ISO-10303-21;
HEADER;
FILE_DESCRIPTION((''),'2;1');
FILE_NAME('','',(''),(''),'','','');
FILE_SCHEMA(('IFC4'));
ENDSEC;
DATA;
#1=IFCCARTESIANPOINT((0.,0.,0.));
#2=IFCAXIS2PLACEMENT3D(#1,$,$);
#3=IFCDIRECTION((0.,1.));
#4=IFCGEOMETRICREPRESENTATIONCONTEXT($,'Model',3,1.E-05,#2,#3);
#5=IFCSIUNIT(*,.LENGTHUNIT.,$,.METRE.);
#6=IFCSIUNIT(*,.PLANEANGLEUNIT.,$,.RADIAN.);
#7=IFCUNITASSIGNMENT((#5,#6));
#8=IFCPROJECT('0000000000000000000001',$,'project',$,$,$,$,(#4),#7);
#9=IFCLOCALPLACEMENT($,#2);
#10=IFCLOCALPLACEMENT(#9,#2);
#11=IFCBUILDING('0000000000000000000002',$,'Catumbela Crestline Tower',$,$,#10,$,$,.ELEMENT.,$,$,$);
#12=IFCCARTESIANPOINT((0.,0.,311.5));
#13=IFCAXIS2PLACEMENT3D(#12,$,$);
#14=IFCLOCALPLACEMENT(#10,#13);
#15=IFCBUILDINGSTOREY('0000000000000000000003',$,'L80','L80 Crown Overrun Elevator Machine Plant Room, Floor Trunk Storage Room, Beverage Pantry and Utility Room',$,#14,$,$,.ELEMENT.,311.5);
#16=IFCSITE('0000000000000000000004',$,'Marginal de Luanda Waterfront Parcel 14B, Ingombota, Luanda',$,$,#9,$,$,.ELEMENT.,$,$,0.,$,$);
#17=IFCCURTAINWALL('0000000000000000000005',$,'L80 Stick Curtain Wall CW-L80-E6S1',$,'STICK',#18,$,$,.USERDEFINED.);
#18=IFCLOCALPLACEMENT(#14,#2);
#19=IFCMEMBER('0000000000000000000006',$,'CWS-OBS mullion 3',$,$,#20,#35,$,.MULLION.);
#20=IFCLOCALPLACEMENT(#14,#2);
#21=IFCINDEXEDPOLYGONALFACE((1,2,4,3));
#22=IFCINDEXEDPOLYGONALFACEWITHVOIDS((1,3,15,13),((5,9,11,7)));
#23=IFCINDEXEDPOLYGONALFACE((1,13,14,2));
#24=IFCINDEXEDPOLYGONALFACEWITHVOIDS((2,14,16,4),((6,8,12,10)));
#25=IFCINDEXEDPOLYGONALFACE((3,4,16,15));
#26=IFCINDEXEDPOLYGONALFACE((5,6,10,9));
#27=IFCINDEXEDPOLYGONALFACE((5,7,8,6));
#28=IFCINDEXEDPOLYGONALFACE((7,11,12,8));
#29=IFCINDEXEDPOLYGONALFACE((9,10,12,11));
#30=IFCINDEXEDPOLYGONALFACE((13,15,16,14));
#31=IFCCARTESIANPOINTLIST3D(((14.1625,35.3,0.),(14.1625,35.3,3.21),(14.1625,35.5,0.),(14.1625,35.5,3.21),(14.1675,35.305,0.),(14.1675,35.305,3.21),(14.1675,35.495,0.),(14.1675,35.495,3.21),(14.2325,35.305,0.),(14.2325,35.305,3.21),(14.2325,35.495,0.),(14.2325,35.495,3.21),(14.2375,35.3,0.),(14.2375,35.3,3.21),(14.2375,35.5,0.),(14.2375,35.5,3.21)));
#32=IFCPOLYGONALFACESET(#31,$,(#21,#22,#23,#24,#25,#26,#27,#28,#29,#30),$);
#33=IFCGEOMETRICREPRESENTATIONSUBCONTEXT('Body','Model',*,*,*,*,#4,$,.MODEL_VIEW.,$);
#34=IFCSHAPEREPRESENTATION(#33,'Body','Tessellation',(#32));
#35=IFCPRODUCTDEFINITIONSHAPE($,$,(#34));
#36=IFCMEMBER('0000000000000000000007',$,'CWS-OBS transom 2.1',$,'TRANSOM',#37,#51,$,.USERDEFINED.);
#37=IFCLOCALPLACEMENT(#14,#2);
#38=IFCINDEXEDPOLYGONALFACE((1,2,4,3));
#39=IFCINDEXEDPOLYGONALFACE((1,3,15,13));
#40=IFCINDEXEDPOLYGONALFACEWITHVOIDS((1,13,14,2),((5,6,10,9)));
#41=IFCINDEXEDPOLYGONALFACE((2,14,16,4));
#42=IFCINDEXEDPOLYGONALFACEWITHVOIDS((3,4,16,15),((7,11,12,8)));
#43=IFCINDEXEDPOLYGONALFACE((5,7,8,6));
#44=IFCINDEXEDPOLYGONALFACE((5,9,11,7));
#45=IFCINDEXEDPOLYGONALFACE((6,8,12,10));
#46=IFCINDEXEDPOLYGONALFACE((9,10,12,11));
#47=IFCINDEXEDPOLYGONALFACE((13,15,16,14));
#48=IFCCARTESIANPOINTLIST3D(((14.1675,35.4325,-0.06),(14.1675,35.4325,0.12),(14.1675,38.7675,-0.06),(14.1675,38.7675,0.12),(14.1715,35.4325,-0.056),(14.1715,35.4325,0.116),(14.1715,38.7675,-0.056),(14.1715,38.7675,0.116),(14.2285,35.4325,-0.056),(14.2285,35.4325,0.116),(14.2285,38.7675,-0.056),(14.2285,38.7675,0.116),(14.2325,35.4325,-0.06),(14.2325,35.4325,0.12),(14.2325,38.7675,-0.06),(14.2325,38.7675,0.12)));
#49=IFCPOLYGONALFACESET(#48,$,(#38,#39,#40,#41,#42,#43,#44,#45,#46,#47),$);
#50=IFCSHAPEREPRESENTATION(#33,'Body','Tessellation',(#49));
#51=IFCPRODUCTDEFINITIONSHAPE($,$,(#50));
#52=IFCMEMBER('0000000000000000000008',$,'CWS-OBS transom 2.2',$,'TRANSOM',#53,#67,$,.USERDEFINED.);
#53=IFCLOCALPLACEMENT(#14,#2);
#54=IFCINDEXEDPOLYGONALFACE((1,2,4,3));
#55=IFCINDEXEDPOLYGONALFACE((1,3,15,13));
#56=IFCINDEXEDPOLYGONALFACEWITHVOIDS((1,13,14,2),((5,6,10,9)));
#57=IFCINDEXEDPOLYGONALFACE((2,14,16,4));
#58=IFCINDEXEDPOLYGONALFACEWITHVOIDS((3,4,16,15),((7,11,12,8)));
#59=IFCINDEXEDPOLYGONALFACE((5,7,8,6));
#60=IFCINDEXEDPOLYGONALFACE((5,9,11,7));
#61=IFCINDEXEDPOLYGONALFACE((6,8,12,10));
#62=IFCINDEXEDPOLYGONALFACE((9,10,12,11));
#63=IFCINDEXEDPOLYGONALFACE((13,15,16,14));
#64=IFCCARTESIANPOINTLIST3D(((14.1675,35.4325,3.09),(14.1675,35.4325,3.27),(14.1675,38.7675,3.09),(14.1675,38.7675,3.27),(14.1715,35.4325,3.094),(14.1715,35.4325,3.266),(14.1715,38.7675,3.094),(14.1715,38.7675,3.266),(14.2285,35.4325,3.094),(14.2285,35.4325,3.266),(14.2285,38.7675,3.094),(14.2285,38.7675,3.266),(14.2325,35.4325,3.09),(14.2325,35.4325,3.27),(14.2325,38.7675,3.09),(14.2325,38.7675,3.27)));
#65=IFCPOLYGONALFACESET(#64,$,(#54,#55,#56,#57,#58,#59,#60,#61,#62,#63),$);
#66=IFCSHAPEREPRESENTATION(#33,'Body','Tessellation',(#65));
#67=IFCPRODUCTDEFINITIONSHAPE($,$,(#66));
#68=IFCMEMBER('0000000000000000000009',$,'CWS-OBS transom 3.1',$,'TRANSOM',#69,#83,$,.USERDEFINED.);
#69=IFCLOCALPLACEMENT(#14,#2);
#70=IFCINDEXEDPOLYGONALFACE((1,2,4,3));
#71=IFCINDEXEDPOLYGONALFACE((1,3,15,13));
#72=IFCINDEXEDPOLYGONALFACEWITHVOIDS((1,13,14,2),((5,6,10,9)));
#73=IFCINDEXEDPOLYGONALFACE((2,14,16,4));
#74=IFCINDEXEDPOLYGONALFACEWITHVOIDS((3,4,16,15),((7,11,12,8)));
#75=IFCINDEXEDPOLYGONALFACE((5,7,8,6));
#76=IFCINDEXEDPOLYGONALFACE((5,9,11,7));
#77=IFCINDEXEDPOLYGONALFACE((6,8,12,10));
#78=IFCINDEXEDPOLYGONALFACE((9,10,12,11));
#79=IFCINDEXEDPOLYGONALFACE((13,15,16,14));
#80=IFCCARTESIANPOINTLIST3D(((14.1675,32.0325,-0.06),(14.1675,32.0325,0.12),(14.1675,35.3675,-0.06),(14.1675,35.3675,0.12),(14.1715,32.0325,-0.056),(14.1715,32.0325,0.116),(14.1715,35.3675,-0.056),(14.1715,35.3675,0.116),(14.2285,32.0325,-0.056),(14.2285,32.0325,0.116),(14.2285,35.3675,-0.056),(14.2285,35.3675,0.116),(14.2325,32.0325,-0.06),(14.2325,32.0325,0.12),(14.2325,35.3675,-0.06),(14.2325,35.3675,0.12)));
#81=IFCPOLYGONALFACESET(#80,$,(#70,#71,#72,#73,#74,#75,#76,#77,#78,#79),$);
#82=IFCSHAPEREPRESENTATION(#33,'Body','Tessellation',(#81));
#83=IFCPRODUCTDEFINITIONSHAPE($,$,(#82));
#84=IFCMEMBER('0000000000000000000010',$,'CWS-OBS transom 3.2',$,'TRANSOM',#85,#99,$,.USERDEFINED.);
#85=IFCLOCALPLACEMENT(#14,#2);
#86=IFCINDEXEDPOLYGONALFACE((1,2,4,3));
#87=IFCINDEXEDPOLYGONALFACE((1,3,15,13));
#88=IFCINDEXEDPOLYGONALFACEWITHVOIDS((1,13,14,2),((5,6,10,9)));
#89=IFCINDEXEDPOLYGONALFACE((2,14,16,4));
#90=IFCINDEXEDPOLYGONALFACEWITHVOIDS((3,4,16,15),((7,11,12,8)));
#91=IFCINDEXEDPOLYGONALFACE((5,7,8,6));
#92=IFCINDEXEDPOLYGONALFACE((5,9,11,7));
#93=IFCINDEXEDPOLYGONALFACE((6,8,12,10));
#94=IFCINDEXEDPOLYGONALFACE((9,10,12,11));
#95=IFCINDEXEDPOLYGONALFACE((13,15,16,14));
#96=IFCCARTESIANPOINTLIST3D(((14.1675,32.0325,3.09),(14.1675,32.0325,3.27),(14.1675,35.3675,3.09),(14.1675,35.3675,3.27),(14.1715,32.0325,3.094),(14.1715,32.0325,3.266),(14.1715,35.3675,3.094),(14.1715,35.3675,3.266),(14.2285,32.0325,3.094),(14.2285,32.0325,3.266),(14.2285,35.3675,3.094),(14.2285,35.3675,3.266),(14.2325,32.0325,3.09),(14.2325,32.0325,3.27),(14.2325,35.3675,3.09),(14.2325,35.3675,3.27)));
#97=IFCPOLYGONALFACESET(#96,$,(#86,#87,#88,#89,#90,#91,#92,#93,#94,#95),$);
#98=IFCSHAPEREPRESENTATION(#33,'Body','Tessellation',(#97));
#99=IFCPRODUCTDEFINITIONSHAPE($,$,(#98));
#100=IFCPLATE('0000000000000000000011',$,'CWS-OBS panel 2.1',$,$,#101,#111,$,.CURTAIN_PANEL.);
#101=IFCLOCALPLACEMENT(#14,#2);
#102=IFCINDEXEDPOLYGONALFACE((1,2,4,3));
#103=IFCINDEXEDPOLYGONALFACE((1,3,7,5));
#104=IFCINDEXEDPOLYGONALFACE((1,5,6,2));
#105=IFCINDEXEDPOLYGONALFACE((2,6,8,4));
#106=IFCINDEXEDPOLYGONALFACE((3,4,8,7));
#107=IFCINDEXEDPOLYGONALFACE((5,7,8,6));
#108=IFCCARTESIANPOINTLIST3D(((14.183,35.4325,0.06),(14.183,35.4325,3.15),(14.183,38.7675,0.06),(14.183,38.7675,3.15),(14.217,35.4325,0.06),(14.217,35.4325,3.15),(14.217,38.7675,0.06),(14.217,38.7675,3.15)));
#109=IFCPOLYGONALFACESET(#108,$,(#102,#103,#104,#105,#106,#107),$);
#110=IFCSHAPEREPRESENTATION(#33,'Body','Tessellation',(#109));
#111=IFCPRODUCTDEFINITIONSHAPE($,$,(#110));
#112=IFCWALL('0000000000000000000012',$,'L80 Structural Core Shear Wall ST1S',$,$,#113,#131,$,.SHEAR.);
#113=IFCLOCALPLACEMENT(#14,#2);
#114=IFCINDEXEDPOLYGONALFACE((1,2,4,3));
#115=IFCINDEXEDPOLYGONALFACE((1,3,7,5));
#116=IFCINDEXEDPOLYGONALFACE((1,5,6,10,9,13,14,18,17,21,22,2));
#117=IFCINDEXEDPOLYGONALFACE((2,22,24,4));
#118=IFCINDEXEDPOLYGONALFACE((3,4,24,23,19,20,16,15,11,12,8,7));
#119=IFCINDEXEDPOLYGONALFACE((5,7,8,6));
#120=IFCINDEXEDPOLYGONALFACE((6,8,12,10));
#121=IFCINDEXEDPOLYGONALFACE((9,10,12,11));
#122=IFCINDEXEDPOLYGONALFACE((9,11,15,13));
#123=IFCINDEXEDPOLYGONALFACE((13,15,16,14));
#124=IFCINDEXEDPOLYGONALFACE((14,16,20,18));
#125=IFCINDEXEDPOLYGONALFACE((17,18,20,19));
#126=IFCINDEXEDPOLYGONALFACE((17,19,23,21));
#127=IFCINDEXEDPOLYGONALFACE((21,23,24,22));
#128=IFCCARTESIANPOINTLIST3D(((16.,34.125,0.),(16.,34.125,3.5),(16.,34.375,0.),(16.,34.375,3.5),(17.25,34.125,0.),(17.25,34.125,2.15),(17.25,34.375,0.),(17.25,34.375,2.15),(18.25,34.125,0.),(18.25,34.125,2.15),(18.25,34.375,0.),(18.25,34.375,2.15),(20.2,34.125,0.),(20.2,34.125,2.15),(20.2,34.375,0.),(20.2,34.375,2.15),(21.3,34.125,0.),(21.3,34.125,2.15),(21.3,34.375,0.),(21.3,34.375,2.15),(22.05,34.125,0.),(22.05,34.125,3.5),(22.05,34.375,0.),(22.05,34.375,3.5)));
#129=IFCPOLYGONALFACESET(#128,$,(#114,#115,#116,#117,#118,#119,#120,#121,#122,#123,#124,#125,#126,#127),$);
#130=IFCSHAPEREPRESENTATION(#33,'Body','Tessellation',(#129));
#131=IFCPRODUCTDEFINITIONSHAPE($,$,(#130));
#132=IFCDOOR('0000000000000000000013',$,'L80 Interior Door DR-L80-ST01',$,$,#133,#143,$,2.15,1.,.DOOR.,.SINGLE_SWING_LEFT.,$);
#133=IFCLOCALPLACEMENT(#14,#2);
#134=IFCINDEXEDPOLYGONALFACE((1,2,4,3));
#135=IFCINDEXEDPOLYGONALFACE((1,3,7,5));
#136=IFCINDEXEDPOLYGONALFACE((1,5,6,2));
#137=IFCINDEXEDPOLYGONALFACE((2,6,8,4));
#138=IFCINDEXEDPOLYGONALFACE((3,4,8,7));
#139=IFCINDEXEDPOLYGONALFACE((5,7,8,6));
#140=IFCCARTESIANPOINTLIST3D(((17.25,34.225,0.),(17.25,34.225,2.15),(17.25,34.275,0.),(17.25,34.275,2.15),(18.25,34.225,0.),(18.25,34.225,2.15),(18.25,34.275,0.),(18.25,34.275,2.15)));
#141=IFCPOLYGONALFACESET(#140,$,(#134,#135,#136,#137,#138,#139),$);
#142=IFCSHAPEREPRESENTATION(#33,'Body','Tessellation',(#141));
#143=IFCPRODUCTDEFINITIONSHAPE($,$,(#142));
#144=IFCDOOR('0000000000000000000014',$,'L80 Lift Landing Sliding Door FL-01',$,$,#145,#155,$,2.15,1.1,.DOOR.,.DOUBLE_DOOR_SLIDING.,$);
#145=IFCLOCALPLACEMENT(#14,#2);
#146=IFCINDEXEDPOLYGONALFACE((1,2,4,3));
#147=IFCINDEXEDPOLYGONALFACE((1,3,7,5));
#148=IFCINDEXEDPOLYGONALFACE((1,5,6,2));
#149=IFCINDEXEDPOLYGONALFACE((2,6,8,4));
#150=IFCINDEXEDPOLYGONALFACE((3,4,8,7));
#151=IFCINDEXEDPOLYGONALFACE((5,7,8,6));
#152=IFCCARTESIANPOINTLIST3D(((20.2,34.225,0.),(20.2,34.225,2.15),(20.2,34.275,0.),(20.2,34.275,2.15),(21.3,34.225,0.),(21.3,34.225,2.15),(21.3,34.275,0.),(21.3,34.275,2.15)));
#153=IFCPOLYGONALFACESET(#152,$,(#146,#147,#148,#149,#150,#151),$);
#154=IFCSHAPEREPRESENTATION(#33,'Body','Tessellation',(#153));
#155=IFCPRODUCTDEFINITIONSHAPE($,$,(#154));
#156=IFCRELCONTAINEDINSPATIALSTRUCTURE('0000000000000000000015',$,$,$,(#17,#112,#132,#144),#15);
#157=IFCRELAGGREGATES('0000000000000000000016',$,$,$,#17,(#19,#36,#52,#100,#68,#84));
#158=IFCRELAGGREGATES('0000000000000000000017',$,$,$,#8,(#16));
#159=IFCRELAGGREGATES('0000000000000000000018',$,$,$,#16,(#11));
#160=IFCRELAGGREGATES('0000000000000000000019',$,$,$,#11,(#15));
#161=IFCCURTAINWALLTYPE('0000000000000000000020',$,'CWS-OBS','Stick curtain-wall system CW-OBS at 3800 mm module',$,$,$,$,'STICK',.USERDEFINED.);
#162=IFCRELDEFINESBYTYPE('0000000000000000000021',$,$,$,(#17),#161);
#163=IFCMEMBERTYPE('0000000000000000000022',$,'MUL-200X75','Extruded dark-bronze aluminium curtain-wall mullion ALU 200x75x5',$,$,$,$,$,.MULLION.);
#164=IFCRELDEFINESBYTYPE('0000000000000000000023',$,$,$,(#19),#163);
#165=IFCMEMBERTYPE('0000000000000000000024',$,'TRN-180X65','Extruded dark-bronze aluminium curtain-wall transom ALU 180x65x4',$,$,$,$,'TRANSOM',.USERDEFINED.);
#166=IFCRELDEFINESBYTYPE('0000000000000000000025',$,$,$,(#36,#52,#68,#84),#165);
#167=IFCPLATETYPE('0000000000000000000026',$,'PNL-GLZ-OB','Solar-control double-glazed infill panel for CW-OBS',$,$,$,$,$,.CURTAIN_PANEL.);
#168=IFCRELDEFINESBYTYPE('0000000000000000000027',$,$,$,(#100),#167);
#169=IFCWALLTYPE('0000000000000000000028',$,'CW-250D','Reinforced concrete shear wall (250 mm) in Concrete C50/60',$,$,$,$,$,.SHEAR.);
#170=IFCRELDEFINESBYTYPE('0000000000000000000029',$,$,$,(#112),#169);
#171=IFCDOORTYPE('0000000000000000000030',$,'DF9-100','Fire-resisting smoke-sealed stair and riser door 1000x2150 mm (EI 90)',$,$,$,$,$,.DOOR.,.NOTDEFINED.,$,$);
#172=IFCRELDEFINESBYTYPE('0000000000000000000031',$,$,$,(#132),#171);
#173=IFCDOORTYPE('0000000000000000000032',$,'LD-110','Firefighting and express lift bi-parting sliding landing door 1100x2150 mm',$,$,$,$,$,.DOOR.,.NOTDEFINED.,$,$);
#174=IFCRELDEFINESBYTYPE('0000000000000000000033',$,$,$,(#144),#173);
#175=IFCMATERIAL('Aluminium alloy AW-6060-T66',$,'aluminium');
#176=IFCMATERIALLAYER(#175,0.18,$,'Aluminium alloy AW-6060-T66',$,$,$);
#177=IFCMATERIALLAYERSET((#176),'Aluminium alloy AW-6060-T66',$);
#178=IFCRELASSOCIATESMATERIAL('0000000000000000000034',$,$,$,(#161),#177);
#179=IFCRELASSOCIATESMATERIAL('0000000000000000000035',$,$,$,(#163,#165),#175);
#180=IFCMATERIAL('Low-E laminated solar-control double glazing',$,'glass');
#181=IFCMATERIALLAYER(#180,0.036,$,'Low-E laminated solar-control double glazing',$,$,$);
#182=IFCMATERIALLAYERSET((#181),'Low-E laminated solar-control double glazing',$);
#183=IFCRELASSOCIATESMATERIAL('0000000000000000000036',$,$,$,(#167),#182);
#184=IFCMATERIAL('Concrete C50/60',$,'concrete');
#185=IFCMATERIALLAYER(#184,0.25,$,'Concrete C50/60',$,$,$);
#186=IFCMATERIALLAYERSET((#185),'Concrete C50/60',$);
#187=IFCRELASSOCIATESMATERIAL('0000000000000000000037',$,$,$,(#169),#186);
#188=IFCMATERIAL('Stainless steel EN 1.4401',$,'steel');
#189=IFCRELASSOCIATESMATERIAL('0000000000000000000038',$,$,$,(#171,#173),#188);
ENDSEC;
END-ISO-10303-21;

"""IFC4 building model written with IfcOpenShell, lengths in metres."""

from ifc_helpers import new_model, si_unit, direction, frame, frame_2d, origin, origin_2d, place, context, subcontext, project, spatial, rectangle, hollow_rectangle, extrude, material, layer, layer_set, material_profile, profile_set, type_object, element, fill, aggregate, save


model = new_model("IFC4")

# Units and contexts
model_context = context("Model", 3, precision=1e-05, world=origin(), true_north=direction((0.0, 1.0)))
body_context = subcontext(model_context, "Body", "Model", "MODEL_VIEW")
ifc_project = project(units=[si_unit("LENGTHUNIT", "METRE"), si_unit("PLANEANGLEUNIT", "RADIAN")], contexts=[model_context])

# Site, building, storey
site_placement = place(None, origin())
site = spatial("IfcSite", under=ifc_project, at=site_placement, Name="Marginal de Luanda Waterfront Parcel 14B, Ingombota, Luanda", CompositionType="ELEMENT", RefElevation=0.0)
building_placement = place(site_placement, origin())
building = spatial("IfcBuilding", under=site, at=building_placement, Name="Catumbela Crestline Tower", CompositionType="ELEMENT")
storey_placement = place(building_placement, frame((0.0, 0.0, 311.5)))
storey = spatial("IfcBuildingStorey", under=building, at=storey_placement, Name="L80", Description="L80 Crown Overrun Elevator Machine Plant Room, Floor Trunk Storage Room, Beverage Pantry and Utility Room", CompositionType="ELEMENT", Elevation=311.5)

# Curtain wall, members, plate
ifc_material_1 = material(Name="Aluminium alloy AW-6060-T66", Category="aluminium")
ifc_layer_1 = layer(ifc_material_1, 0.18, Name="Aluminium alloy AW-6060-T66")
ifc_layer_set_1 = layer_set([ifc_layer_1], Name="Aluminium alloy AW-6060-T66")
curtain_wall_type = type_object("IfcCurtainWallType", Name="CWS-OBS", Description="Stick curtain-wall system CW-OBS at 3800 mm module", ElementType="STICK", PredefinedType="USERDEFINED", material=ifc_layer_set_1)
curtain_wall_placement = place(storey_placement, origin())
curtain_wall = element("IfcCurtainWall", 1, at=curtain_wall_placement, inside=storey, type_object=curtain_wall_type, Name="L80 Stick Curtain Wall CW-L80-E6S1", ObjectType="STICK", PredefinedType="USERDEFINED")
ifc_material_profile_1 = material_profile(ifc_material_1, hollow_rectangle(XDim=0.075, YDim=0.2, WallThickness=0.005, at=origin_2d()), Name="ALU 200x75x5")
ifc_profile_set_1 = profile_set([ifc_material_profile_1], Name="Aluminium alloy AW-6060-T66")
member_type_1 = type_object("IfcMemberType", Name="MUL-200X75", Description="Extruded dark-bronze aluminium curtain-wall mullion ALU 200x75x5", PredefinedType="MULLION", material=ifc_profile_set_1)
member_1_placement = place(storey_placement, frame((14.2, 35.4, 0.0), z_axis=(0.0, 0.0, 1.0), x_axis=(1.0, 0.0, 0.0)))
member_1 = element("IfcMember", 2, at=member_1_placement, type_object=member_type_1, Name="CWS-OBS mullion 3", PredefinedType="MULLION", context=body_context, shape_type="SweptSolid", body=[
    extrude(hollow_rectangle(XDim=0.075, YDim=0.2, WallThickness=0.005, at=origin_2d()), origin(), (0.0, 0.0, 1.0), 3.21),
])
ifc_material_profile_2 = material_profile(ifc_material_1, hollow_rectangle(XDim=0.065, YDim=0.18, WallThickness=0.004, at=origin_2d()), Name="ALU 180x65x4")
ifc_profile_set_2 = profile_set([ifc_material_profile_2], Name="Aluminium alloy AW-6060-T66")
member_type_2 = type_object("IfcMemberType", Name="TRN-180X65", Description="Extruded dark-bronze aluminium curtain-wall transom ALU 180x65x4", ElementType="TRANSOM", PredefinedType="USERDEFINED", material=ifc_profile_set_2)
member_2_placement = place(storey_placement, frame((14.2, 38.7675, 0.03), z_axis=(0.0, -1.0, 0.0), x_axis=(1.0, 0.0, 0.0)))
member_2 = element("IfcMember", 3, at=member_2_placement, type_object=member_type_2, Name="CWS-OBS transom 2.1", ObjectType="TRANSOM", PredefinedType="USERDEFINED", context=body_context, shape_type="SweptSolid", body=[
    extrude(hollow_rectangle(XDim=0.065, YDim=0.18, WallThickness=0.004, at=origin_2d()), origin(), (0.0, 0.0, 1.0), 3.335),
])
member_3_placement = place(storey_placement, frame((14.2, 38.7675, 3.18), z_axis=(0.0, -1.0, 0.0), x_axis=(1.0, 0.0, 0.0)))
member_3 = element("IfcMember", 4, at=member_3_placement, type_object=member_type_2, Name="CWS-OBS transom 2.2", ObjectType="TRANSOM", PredefinedType="USERDEFINED", context=body_context, shape_type="SweptSolid", body=[
    extrude(hollow_rectangle(XDim=0.065, YDim=0.18, WallThickness=0.004, at=origin_2d()), origin(), (0.0, 0.0, 1.0), 3.335),
])
member_4_placement = place(storey_placement, frame((14.2, 35.3675, 0.03), z_axis=(0.0, -1.0, 0.0), x_axis=(1.0, 0.0, 0.0)))
member_4 = element("IfcMember", 5, at=member_4_placement, type_object=member_type_2, Name="CWS-OBS transom 3.1", ObjectType="TRANSOM", PredefinedType="USERDEFINED", context=body_context, shape_type="SweptSolid", body=[
    extrude(hollow_rectangle(XDim=0.065, YDim=0.18, WallThickness=0.004, at=origin_2d()), origin(), (0.0, 0.0, 1.0), 3.335),
])
member_5_placement = place(storey_placement, frame((14.2, 35.3675, 3.18), z_axis=(0.0, -1.0, 0.0), x_axis=(1.0, 0.0, 0.0)))
member_5 = element("IfcMember", 6, at=member_5_placement, type_object=member_type_2, Name="CWS-OBS transom 3.2", ObjectType="TRANSOM", PredefinedType="USERDEFINED", context=body_context, shape_type="SweptSolid", body=[
    extrude(hollow_rectangle(XDim=0.065, YDim=0.18, WallThickness=0.004, at=origin_2d()), origin(), (0.0, 0.0, 1.0), 3.335),
])
ifc_material_2 = material(Name="Low-E laminated solar-control double glazing", Category="glass")
ifc_layer_2 = layer(ifc_material_2, 0.036, Name="Low-E laminated solar-control double glazing")
ifc_layer_set_2 = layer_set([ifc_layer_2], Name="Low-E laminated solar-control double glazing")
plate_type = type_object("IfcPlateType", Name="PNL-GLZ-OB", Description="Solar-control double-glazed infill panel for CW-OBS", PredefinedType="CURTAIN_PANEL", material=ifc_layer_set_2)
plate_placement = place(storey_placement, frame((14.2, 37.1, 0.06), z_axis=(0.0, 0.0, 1.0), x_axis=(0.0, -1.0, 0.0)))
plate = element("IfcPlate", 7, at=plate_placement, type_object=plate_type, Name="CWS-OBS panel 2.1", PredefinedType="CURTAIN_PANEL", context=body_context, shape_type="SweptSolid", body=[
    extrude(rectangle(XDim=3.335, YDim=0.034, at=origin_2d()), origin(), (0.0, 0.0, 1.0), 3.09),
])
aggregate(curtain_wall, [member_1, member_2, member_3, plate, member_4, member_5])

# Wall, openings, doors
ifc_material_3 = material(Name="Concrete C50/60", Category="concrete")
ifc_layer_3 = layer(ifc_material_3, 0.25, Name="Concrete C50/60")
ifc_layer_set_3 = layer_set([ifc_layer_3], Name="Concrete C50/60")
wall_type_1 = type_object("IfcWallType", Name="CW-250D", Description="Reinforced concrete shear wall (250 mm) in Concrete C50/60", PredefinedType="SHEAR", material=ifc_layer_set_3)
wall_1_placement = place(storey_placement, frame((16.0, 34.25, 0.0), z_axis=(0.0, 0.0, 1.0), x_axis=(1.0, 0.0, 0.0)))
wall_1 = element("IfcWall", 8, at=wall_1_placement, inside=storey, type_object=wall_type_1, Name="L80 Structural Core Shear Wall ST1S", PredefinedType="SHEAR", context=body_context, shape_type="SweptSolid", body=[
    extrude(rectangle(XDim=6.05, YDim=0.25, at=frame_2d((3.025, 0.0))), origin(), (0.0, 0.0, 1.0), 3.5),
])
opening_1_placement = place(wall_1_placement, frame((1.25, 0.0, 0.0)))
opening_1 = element("IfcOpeningElement", 9, at=opening_1_placement, cuts=wall_1, PredefinedType="OPENING", context=body_context, shape_type="SweptSolid", body=[
    extrude(rectangle(XDim=1.0, YDim=2.15, at=frame_2d((0.5, 1.075))), frame((0.0, 0.135, 0.0), z_axis=(0.0, -1.0, 0.0), x_axis=(1.0, 0.0, 0.0)), (0.0, 0.0, 1.0), 0.27),
])
opening_2_placement = place(wall_1_placement, frame((4.2, 0.0, 0.0)))
opening_2 = element("IfcOpeningElement", 10, at=opening_2_placement, cuts=wall_1, PredefinedType="OPENING", context=body_context, shape_type="SweptSolid", body=[
    extrude(rectangle(XDim=1.1, YDim=2.15, at=frame_2d((0.55, 1.075))), frame((0.0, 0.135, 0.0), z_axis=(0.0, -1.0, 0.0), x_axis=(1.0, 0.0, 0.0)), (0.0, 0.0, 1.0), 0.27),
])
ifc_material_4 = material(Name="Stainless steel EN 1.4401", Category="steel")
door_type_1 = type_object("IfcDoorType", Name="DF9-100", Description="Fire-resisting smoke-sealed stair and riser door 1000x2150 mm (EI 90)", OperationType="NOTDEFINED", PredefinedType="DOOR", material=ifc_material_4)
door_1_placement = place(opening_1_placement, origin())
door_1 = element("IfcDoor", 11, at=door_1_placement, inside=storey, type_object=door_type_1, Name="L80 Interior Door DR-L80-ST01", OperationType="SINGLE_SWING_LEFT", OverallHeight=2.15, OverallWidth=1.0, PredefinedType="DOOR", context=body_context, shape_type="SweptSolid", body=[
    extrude(rectangle(XDim=1.0, YDim=2.15, at=frame_2d((0.5, 1.075))), frame((0.0, 0.025, 0.0), z_axis=(0.0, -1.0, 0.0), x_axis=(1.0, 0.0, 0.0)), (0.0, 0.0, 1.0), 0.05),
])
fill(opening_1, door_1)
door_type_2 = type_object("IfcDoorType", Name="LD-110", Description="Firefighting and express lift bi-parting sliding landing door 1100x2150 mm", OperationType="NOTDEFINED", PredefinedType="DOOR", material=ifc_material_4)
door_2_placement = place(opening_2_placement, origin())
door_2 = element("IfcDoor", 12, at=door_2_placement, inside=storey, type_object=door_type_2, Name="L80 Lift Landing Sliding Door FL-01", OperationType="DOUBLE_DOOR_SLIDING", OverallHeight=2.15, OverallWidth=1.1, PredefinedType="DOOR", context=body_context, shape_type="SweptSolid", body=[
    extrude(rectangle(XDim=1.1, YDim=2.15, at=frame_2d((0.55, 1.075))), frame((0.0, 0.025, 0.0), z_axis=(0.0, -1.0, 0.0), x_axis=(1.0, 0.0, 0.0)), (0.0, 0.0, 1.0), 0.05),
])
fill(opening_2, door_2)

save(model, "model.ifc")
